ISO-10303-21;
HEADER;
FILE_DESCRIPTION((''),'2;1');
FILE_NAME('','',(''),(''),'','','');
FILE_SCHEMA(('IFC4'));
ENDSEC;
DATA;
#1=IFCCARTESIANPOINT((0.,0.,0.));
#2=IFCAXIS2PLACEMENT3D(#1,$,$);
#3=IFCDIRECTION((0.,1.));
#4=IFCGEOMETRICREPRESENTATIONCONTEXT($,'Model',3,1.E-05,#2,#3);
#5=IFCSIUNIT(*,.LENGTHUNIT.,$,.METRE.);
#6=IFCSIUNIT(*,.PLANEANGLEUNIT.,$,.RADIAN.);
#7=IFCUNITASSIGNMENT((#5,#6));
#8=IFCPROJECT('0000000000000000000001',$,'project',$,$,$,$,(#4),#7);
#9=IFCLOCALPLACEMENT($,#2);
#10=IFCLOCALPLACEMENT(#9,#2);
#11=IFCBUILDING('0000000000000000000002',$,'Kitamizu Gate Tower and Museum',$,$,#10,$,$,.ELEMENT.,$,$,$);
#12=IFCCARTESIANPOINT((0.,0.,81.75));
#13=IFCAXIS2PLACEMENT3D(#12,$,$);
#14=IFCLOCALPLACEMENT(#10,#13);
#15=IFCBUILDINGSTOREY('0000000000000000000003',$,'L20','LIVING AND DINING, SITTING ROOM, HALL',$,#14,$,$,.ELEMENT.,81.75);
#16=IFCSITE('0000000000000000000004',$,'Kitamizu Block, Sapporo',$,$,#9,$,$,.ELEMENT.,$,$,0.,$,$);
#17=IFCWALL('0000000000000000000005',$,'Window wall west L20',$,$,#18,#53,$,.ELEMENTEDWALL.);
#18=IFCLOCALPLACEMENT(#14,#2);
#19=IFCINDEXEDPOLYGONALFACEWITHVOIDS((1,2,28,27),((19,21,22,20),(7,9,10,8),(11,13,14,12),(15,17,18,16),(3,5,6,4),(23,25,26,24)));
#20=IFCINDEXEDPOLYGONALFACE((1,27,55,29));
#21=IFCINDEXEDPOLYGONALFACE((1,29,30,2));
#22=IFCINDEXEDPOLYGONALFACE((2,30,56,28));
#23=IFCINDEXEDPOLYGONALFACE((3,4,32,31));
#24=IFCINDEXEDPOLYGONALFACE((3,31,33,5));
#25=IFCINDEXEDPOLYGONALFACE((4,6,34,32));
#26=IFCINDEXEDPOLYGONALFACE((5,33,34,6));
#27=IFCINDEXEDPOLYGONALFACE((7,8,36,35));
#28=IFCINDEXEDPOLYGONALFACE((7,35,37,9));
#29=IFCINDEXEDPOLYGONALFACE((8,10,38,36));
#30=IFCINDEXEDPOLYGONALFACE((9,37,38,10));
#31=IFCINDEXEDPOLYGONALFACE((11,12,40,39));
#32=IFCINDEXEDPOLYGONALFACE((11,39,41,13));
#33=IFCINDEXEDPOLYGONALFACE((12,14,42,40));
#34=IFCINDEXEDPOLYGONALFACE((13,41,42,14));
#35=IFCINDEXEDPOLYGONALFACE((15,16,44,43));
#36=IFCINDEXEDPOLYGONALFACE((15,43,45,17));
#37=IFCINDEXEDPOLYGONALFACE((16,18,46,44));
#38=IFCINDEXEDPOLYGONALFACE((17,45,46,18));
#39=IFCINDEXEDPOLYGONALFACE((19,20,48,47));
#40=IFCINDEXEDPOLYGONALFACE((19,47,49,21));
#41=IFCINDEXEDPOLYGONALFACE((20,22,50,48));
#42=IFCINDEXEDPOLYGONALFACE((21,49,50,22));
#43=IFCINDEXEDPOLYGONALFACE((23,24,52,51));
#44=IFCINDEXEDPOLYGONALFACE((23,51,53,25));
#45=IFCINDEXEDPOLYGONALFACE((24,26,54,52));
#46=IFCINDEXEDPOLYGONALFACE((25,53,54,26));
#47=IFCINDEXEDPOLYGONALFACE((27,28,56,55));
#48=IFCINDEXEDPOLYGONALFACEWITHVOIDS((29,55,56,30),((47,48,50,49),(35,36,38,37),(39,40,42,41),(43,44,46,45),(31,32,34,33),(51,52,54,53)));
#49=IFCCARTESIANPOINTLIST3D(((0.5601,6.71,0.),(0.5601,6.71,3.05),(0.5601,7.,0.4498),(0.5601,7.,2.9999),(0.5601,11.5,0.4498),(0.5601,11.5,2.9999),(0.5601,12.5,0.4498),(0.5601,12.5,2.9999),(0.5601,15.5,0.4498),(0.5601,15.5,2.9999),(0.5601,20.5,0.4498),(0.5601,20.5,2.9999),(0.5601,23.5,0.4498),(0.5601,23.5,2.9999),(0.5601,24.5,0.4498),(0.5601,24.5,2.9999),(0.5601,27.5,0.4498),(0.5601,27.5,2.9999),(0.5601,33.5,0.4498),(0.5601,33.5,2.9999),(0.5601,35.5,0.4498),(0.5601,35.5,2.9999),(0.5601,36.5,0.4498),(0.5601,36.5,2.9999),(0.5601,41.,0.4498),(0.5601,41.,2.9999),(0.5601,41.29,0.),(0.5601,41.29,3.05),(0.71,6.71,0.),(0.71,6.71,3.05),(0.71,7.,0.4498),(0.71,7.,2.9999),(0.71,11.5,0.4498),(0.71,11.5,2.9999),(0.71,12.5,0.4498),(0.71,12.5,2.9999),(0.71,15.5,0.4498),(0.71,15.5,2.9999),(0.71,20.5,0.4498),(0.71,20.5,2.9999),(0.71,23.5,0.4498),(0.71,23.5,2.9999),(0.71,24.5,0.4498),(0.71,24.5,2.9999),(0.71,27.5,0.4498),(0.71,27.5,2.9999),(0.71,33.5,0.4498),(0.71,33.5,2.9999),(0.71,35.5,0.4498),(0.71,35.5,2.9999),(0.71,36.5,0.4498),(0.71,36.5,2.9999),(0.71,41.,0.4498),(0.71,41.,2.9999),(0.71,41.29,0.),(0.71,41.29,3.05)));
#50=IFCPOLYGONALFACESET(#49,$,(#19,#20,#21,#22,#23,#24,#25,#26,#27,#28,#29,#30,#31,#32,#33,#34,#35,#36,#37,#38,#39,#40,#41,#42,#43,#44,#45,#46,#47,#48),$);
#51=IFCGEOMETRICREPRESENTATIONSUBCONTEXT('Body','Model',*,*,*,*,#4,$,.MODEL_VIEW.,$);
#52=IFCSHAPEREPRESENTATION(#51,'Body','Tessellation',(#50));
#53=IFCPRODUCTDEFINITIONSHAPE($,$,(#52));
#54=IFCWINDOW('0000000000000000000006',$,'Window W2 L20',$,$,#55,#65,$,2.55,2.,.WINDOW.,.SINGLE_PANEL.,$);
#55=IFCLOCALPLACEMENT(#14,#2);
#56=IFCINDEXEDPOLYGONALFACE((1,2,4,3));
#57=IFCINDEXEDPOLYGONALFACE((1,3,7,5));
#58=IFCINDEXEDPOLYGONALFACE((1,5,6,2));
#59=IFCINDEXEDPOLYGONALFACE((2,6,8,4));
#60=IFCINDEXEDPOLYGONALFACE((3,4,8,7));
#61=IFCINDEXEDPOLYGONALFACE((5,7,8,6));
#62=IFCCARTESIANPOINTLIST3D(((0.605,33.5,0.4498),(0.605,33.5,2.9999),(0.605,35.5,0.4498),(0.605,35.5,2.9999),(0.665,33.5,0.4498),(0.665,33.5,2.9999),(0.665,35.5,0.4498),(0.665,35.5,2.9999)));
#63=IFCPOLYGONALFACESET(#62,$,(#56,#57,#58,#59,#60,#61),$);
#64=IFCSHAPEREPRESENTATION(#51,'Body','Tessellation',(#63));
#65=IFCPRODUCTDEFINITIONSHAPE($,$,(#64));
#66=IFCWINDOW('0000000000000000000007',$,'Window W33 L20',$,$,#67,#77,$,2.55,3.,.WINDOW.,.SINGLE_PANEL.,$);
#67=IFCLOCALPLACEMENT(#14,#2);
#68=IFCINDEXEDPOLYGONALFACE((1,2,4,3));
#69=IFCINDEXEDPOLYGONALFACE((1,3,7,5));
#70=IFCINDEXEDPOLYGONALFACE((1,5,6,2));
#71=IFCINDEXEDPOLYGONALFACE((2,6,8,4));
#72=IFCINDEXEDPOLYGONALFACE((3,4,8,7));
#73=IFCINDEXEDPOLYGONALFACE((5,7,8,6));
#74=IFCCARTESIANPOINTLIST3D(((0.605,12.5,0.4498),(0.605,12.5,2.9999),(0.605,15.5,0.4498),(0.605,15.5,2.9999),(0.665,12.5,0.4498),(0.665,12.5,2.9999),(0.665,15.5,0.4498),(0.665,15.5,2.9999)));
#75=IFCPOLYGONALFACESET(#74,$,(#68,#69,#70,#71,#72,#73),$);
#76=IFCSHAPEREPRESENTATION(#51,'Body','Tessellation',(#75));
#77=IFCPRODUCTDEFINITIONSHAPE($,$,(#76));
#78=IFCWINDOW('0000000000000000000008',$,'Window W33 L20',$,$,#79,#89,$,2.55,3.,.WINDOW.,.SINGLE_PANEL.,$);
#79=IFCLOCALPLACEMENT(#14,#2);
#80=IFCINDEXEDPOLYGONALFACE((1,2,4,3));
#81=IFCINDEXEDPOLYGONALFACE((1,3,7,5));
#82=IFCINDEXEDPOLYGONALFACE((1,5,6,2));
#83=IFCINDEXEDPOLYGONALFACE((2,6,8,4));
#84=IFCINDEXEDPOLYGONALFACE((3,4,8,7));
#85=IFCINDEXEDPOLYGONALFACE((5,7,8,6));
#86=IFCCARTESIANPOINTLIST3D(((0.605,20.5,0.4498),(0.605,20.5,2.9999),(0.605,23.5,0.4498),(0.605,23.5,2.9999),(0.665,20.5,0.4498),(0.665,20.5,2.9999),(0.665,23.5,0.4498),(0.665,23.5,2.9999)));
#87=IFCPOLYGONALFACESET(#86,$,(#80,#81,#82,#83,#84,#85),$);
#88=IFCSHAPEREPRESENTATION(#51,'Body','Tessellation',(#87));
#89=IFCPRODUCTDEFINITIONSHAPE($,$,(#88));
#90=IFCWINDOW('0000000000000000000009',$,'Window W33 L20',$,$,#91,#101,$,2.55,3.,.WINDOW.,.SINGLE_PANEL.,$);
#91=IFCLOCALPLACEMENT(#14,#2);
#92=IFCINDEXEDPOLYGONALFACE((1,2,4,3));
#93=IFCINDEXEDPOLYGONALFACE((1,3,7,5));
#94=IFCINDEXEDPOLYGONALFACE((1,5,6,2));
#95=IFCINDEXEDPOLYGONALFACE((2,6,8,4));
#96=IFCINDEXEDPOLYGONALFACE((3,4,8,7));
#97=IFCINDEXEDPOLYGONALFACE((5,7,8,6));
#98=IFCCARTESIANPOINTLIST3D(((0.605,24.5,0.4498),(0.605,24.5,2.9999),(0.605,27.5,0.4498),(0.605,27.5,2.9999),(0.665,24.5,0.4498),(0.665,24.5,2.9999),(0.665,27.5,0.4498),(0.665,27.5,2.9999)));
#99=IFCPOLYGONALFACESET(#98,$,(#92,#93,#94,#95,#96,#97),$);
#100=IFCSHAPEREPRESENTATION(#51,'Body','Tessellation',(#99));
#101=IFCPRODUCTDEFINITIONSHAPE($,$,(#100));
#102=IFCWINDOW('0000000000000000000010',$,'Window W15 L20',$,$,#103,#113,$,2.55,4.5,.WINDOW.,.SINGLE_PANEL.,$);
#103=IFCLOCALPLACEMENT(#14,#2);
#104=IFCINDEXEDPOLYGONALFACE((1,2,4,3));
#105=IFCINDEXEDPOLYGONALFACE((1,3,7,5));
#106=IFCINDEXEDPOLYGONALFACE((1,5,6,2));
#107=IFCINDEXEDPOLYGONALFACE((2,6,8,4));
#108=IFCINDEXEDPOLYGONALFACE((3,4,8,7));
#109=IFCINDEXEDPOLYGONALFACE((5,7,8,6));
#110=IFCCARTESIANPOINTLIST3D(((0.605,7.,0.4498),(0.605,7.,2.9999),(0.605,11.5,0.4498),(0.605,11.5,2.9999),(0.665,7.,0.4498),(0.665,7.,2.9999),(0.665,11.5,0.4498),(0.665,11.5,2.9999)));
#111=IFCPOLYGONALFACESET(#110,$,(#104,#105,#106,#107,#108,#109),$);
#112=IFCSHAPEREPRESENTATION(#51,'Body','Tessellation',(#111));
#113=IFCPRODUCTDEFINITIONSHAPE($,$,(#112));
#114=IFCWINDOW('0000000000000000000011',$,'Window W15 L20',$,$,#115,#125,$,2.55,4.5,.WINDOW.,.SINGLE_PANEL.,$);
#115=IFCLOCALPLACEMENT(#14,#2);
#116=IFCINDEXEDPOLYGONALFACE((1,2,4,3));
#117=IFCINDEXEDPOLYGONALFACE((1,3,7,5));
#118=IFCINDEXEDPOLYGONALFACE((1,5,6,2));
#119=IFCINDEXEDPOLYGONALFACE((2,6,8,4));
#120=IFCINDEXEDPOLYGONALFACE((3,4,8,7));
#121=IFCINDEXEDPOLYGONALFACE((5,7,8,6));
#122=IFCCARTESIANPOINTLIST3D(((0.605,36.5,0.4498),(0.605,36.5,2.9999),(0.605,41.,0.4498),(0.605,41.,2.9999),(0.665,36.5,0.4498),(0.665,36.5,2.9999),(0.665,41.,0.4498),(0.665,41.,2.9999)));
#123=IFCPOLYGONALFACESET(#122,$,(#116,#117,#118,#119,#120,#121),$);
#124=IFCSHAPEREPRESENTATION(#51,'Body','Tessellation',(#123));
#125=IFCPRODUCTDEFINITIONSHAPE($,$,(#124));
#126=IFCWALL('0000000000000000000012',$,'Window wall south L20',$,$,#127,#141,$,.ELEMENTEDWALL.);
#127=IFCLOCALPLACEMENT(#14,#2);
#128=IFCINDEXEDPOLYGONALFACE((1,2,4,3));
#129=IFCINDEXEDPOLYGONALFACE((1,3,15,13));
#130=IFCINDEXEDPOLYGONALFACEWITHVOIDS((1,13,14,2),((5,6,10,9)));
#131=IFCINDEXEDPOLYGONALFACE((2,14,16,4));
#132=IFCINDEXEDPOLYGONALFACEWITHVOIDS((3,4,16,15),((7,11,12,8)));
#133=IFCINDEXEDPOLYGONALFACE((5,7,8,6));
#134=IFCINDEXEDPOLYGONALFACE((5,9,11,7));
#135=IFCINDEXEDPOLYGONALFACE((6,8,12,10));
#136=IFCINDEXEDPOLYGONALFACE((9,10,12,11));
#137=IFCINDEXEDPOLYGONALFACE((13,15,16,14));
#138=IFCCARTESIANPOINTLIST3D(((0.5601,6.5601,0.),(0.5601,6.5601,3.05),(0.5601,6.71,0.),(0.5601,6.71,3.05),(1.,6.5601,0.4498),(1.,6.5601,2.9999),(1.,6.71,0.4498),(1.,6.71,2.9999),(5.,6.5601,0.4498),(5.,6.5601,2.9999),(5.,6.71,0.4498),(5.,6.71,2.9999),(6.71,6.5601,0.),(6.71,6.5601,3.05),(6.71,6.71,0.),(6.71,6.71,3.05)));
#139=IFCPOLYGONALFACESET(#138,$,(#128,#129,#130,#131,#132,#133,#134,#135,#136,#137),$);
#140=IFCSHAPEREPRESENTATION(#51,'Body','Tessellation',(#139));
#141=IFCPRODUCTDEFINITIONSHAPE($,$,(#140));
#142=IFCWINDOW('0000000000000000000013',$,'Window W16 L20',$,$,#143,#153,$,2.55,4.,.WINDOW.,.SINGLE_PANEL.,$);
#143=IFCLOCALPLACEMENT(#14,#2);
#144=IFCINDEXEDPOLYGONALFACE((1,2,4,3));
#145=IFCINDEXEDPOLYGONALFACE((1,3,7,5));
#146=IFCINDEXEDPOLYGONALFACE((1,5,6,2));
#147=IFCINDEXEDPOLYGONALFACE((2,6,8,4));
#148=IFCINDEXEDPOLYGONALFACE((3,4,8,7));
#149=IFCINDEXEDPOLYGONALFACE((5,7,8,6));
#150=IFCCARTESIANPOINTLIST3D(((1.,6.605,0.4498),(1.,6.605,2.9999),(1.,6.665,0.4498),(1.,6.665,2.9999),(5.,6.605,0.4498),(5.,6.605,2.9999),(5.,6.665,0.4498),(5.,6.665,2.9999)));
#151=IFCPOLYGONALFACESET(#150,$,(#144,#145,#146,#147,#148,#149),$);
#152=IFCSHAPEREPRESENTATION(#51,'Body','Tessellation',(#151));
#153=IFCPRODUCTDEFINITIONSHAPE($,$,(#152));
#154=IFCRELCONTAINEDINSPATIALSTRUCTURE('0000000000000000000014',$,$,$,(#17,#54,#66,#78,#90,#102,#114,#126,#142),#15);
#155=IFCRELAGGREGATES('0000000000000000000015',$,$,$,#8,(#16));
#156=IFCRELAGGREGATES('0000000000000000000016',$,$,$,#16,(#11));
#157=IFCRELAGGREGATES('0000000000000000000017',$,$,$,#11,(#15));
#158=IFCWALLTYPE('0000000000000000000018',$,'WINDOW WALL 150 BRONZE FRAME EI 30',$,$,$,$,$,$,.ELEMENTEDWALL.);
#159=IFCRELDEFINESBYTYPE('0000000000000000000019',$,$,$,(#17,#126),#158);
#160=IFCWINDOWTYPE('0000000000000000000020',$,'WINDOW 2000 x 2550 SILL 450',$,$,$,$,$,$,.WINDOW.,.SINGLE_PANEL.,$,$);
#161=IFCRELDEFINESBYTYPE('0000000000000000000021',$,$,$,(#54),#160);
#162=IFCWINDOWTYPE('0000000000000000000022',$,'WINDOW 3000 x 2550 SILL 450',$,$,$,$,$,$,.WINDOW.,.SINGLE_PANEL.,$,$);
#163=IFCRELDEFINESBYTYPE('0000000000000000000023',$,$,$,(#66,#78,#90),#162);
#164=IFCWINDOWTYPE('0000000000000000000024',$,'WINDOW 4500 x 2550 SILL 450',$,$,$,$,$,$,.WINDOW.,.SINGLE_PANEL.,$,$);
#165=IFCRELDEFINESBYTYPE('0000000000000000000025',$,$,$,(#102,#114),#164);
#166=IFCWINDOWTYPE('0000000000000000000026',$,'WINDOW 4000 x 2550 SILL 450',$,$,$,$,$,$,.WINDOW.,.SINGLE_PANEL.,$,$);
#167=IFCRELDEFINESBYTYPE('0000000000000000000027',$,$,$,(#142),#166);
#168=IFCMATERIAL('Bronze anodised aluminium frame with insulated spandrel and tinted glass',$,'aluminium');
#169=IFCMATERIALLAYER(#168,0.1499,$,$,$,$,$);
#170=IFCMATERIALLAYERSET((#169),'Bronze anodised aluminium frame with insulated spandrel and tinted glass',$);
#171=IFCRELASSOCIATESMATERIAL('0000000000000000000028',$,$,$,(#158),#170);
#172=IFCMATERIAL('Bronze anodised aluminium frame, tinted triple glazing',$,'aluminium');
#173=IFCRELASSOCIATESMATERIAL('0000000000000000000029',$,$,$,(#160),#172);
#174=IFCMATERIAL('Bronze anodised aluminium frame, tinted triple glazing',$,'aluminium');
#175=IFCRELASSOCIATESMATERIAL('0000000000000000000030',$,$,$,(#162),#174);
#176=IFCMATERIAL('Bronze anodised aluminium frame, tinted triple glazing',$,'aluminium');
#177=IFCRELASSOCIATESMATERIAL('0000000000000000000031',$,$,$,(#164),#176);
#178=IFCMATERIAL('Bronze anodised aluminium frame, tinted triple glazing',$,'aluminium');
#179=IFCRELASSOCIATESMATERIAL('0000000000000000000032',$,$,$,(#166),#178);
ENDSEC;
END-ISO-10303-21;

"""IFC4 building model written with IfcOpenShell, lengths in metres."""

from ifc_helpers import new_model, si_unit, direction, frame, frame_2d, origin, place, context, subcontext, project, spatial, rectangle, extrude, material, layer, layer_set, type_object, element, fill, save


model = new_model("IFC4")

# Units and contexts
model_context = context("Model", 3, precision=1e-05, world=origin(), true_north=direction((0.0, 1.0)))
body_context = subcontext(model_context, "Body", "Model", "MODEL_VIEW")
ifc_project = project(units=[si_unit("LENGTHUNIT", "METRE"), si_unit("PLANEANGLEUNIT", "RADIAN")], contexts=[model_context])

# Site, building, storey
site_placement = place(None, origin())
site = spatial("IfcSite", under=ifc_project, at=site_placement, Name="Kitamizu Block, Sapporo", CompositionType="ELEMENT", RefElevation=0.0)
building_placement = place(site_placement, origin())
building = spatial("IfcBuilding", under=site, at=building_placement, Name="Kitamizu Gate Tower and Museum", CompositionType="ELEMENT")
storey_placement = place(building_placement, frame((0.0, 0.0, 81.75)))
storey = spatial("IfcBuildingStorey", under=building, at=storey_placement, Name="L20", Description="LIVING AND DINING, SITTING ROOM, HALL", CompositionType="ELEMENT", Elevation=81.75)

# Wall, openings, windows
ifc_material_1 = material(Name="Bronze anodised aluminium frame with insulated spandrel and tinted glass", Category="aluminium")
ifc_layer_1 = layer(ifc_material_1, 0.1499)
ifc_layer_set_1 = layer_set([ifc_layer_1], Name="Bronze anodised aluminium frame with insulated spandrel and tinted glass")
wall_type = type_object("IfcWallType", Name="WINDOW WALL 150 BRONZE FRAME EI 30", PredefinedType="ELEMENTEDWALL", material=ifc_layer_set_1)
wall_1_placement = place(storey_placement, frame((0.635, 6.71, 0.0), z_axis=(0.0, 0.0, 1.0), x_axis=(0.0, 1.0, 0.0)))
wall_1 = element("IfcWall", 1, at=wall_1_placement, inside=storey, type_object=wall_type, Name="Window wall west L20", PredefinedType="ELEMENTEDWALL", context=body_context, shape_type="SweptSolid", body=[
    extrude(rectangle(XDim=34.5801, YDim=0.1499, at=frame_2d((17.29, 0.0))), origin(), (0.0, 0.0, 1.0), 3.05),
])
opening_1_placement = place(wall_1_placement, frame((0.29, 0.0, 0.45)))
opening_1 = element("IfcOpeningElement", 2, at=opening_1_placement, cuts=wall_1, PredefinedType="OPENING", context=body_context, shape_type="SweptSolid", body=[
    extrude(rectangle(XDim=4.5, YDim=2.55, at=frame_2d((2.25, 1.2749))), frame((0.0, 0.085, 0.0), z_axis=(0.0, -1.0, 0.0), x_axis=(1.0, 0.0, 0.0)), (0.0, 0.0, 1.0), 0.1699),
])
opening_2_placement = place(wall_1_placement, frame((5.79, 0.0, 0.45)))
opening_2 = element("IfcOpeningElement", 3, at=opening_2_placement, cuts=wall_1, PredefinedType="OPENING", context=body_context, shape_type="SweptSolid", body=[
    extrude(rectangle(XDim=3.0, YDim=2.55, at=frame_2d((1.5, 1.2749))), frame((0.0, 0.085, 0.0), z_axis=(0.0, -1.0, 0.0), x_axis=(1.0, 0.0, 0.0)), (0.0, 0.0, 1.0), 0.1699),
])
opening_3_placement = place(wall_1_placement, frame((13.79, 0.0, 0.45)))
opening_3 = element("IfcOpeningElement", 4, at=opening_3_placement, cuts=wall_1, PredefinedType="OPENING", context=body_context, shape_type="SweptSolid", body=[
    extrude(rectangle(XDim=3.0, YDim=2.55, at=frame_2d((1.5, 1.2749))), frame((0.0, 0.085, 0.0), z_axis=(0.0, -1.0, 0.0), x_axis=(1.0, 0.0, 0.0)), (0.0, 0.0, 1.0), 0.1699),
])
opening_4_placement = place(wall_1_placement, frame((17.79, 0.0, 0.45)))
opening_4 = element("IfcOpeningElement", 5, at=opening_4_placement, cuts=wall_1, PredefinedType="OPENING", context=body_context, shape_type="SweptSolid", body=[
    extrude(rectangle(XDim=3.0, YDim=2.55, at=frame_2d((1.5, 1.2749))), frame((0.0, 0.085, 0.0), z_axis=(0.0, -1.0, 0.0), x_axis=(1.0, 0.0, 0.0)), (0.0, 0.0, 1.0), 0.1699),
])
opening_5_placement = place(wall_1_placement, frame((26.79, 0.0, 0.45)))
opening_5 = element("IfcOpeningElement", 6, at=opening_5_placement, cuts=wall_1, PredefinedType="OPENING", context=body_context, shape_type="SweptSolid", body=[
    extrude(rectangle(XDim=2.0, YDim=2.55, at=frame_2d((1.0, 1.2749))), frame((0.0, 0.085, 0.0), z_axis=(0.0, -1.0, 0.0), x_axis=(1.0, 0.0, 0.0)), (0.0, 0.0, 1.0), 0.1699),
])
opening_6_placement = place(wall_1_placement, frame((29.79, 0.0, 0.45)))
opening_6 = element("IfcOpeningElement", 7, at=opening_6_placement, cuts=wall_1, PredefinedType="OPENING", context=body_context, shape_type="SweptSolid", body=[
    extrude(rectangle(XDim=4.5, YDim=2.55, at=frame_2d((2.25, 1.2749))), frame((0.0, 0.085, 0.0), z_axis=(0.0, -1.0, 0.0), x_axis=(1.0, 0.0, 0.0)), (0.0, 0.0, 1.0), 0.1699),
])
ifc_material_2 = material(Name="Bronze anodised aluminium frame, tinted triple glazing", Category="aluminium")
window_type_1 = type_object("IfcWindowType", Name="WINDOW 2000 x 2550 SILL 450", PartitioningType="SINGLE_PANEL", PredefinedType="WINDOW", material=ifc_material_2)
window_1_placement = place(opening_5_placement, origin())
window_1 = element("IfcWindow", 8, at=window_1_placement, inside=storey, type_object=window_type_1, Name="Window W2 L20", OverallHeight=2.55, OverallWidth=2.0, PartitioningType="SINGLE_PANEL", PredefinedType="WINDOW", context=body_context, shape_type="SweptSolid", body=[
    extrude(rectangle(XDim=2.0, YDim=2.55, at=frame_2d((1.0, 1.2749))), frame((0.0, 0.03, 0.0), z_axis=(0.0, -1.0, 0.0), x_axis=(1.0, 0.0, 0.0)), (0.0, 0.0, 1.0), 0.0601),
])
fill(opening_5, window_1)
ifc_material_3 = material(Name="Bronze anodised aluminium frame, tinted triple glazing", Category="aluminium")
window_type_2 = type_object("IfcWindowType", Name="WINDOW 3000 x 2550 SILL 450", PartitioningType="SINGLE_PANEL", PredefinedType="WINDOW", material=ifc_material_3)
window_2_placement = place(opening_2_placement, origin())
window_2 = element("IfcWindow", 9, at=window_2_placement, inside=storey, type_object=window_type_2, Name="Window W33 L20", OverallHeight=2.55, OverallWidth=3.0, PartitioningType="SINGLE_PANEL", PredefinedType="WINDOW", context=body_context, shape_type="SweptSolid", body=[
    extrude(rectangle(XDim=3.0, YDim=2.55, at=frame_2d((1.5, 1.2749))), frame((0.0, 0.03, 0.0), z_axis=(0.0, -1.0, 0.0), x_axis=(1.0, 0.0, 0.0)), (0.0, 0.0, 1.0), 0.0601),
])
fill(opening_2, window_2)
window_3_placement = place(opening_3_placement, origin())
window_3 = element("IfcWindow", 10, at=window_3_placement, inside=storey, type_object=window_type_2, Name="Window W33 L20", OverallHeight=2.55, OverallWidth=3.0, PartitioningType="SINGLE_PANEL", PredefinedType="WINDOW", context=body_context, shape_type="SweptSolid", body=[
    extrude(rectangle(XDim=3.0, YDim=2.55, at=frame_2d((1.5, 1.2749))), frame((0.0, 0.03, 0.0), z_axis=(0.0, -1.0, 0.0), x_axis=(1.0, 0.0, 0.0)), (0.0, 0.0, 1.0), 0.0601),
])
fill(opening_3, window_3)
window_4_placement = place(opening_4_placement, origin())
window_4 = element("IfcWindow", 11, at=window_4_placement, inside=storey, type_object=window_type_2, Name="Window W33 L20", OverallHeight=2.55, OverallWidth=3.0, PartitioningType="SINGLE_PANEL", PredefinedType="WINDOW", context=body_context, shape_type="SweptSolid", body=[
    extrude(rectangle(XDim=3.0, YDim=2.55, at=frame_2d((1.5, 1.2749))), frame((0.0, 0.03, 0.0), z_axis=(0.0, -1.0, 0.0), x_axis=(1.0, 0.0, 0.0)), (0.0, 0.0, 1.0), 0.0601),
])
fill(opening_4, window_4)
ifc_material_4 = material(Name="Bronze anodised aluminium frame, tinted triple glazing", Category="aluminium")
window_type_3 = type_object("IfcWindowType", Name="WINDOW 4500 x 2550 SILL 450", PartitioningType="SINGLE_PANEL", PredefinedType="WINDOW", material=ifc_material_4)
window_5_placement = place(opening_1_placement, origin())
window_5 = element("IfcWindow", 12, at=window_5_placement, inside=storey, type_object=window_type_3, Name="Window W15 L20", OverallHeight=2.55, OverallWidth=4.5, PartitioningType="SINGLE_PANEL", PredefinedType="WINDOW", context=body_context, shape_type="SweptSolid", body=[
    extrude(rectangle(XDim=4.5, YDim=2.55, at=frame_2d((2.25, 1.2749))), frame((0.0, 0.03, 0.0), z_axis=(0.0, -1.0, 0.0), x_axis=(1.0, 0.0, 0.0)), (0.0, 0.0, 1.0), 0.0601),
])
fill(opening_1, window_5)
window_6_placement = place(opening_6_placement, origin())
window_6 = element("IfcWindow", 13, at=window_6_placement, inside=storey, type_object=window_type_3, Name="Window W15 L20", OverallHeight=2.55, OverallWidth=4.5, PartitioningType="SINGLE_PANEL", PredefinedType="WINDOW", context=body_context, shape_type="SweptSolid", body=[
    extrude(rectangle(XDim=4.5, YDim=2.55, at=frame_2d((2.25, 1.2749))), frame((0.0, 0.03, 0.0), z_axis=(0.0, -1.0, 0.0), x_axis=(1.0, 0.0, 0.0)), (0.0, 0.0, 1.0), 0.0601),
])
fill(opening_6, window_6)

# Wall, opening, window
wall_2_placement = place(storey_placement, frame((0.5601, 6.635, 0.0), z_axis=(0.0, 0.0, 1.0), x_axis=(1.0, 0.0, 0.0)))
wall_2 = element("IfcWall", 14, at=wall_2_placement, inside=storey, type_object=wall_type, Name="Window wall south L20", PredefinedType="ELEMENTEDWALL", context=body_context, shape_type="SweptSolid", body=[
    extrude(rectangle(XDim=6.1499, YDim=0.1499, at=frame_2d((3.075, 0.0))), origin(), (0.0, 0.0, 1.0), 3.05),
])
opening_7_placement = place(wall_2_placement, frame((0.4399, 0.0, 0.45)))
opening_7 = element("IfcOpeningElement", 15, at=opening_7_placement, cuts=wall_2, PredefinedType="OPENING", context=body_context, shape_type="SweptSolid", body=[
    extrude(rectangle(XDim=4.0, YDim=2.55, at=frame_2d((2.0, 1.2749))), frame((0.0, 0.085, 0.0), z_axis=(0.0, -1.0, 0.0), x_axis=(1.0, 0.0, 0.0)), (0.0, 0.0, 1.0), 0.1699),
])
ifc_material_5 = material(Name="Bronze anodised aluminium frame, tinted triple glazing", Category="aluminium")
window_type_4 = type_object("IfcWindowType", Name="WINDOW 4000 x 2550 SILL 450", PartitioningType="SINGLE_PANEL", PredefinedType="WINDOW", material=ifc_material_5)
window_7_placement = place(opening_7_placement, origin())
window_7 = element("IfcWindow", 16, at=window_7_placement, inside=storey, type_object=window_type_4, Name="Window W16 L20", OverallHeight=2.55, OverallWidth=4.0, PartitioningType="SINGLE_PANEL", PredefinedType="WINDOW", context=body_context, shape_type="SweptSolid", body=[
    extrude(rectangle(XDim=4.0, YDim=2.55, at=frame_2d((2.0, 1.2749))), frame((0.0, 0.03, 0.0), z_axis=(0.0, -1.0, 0.0), x_axis=(1.0, 0.0, 0.0)), (0.0, 0.0, 1.0), 0.0601),
])
fill(opening_7, window_7)

save(model, "model.ifc")
